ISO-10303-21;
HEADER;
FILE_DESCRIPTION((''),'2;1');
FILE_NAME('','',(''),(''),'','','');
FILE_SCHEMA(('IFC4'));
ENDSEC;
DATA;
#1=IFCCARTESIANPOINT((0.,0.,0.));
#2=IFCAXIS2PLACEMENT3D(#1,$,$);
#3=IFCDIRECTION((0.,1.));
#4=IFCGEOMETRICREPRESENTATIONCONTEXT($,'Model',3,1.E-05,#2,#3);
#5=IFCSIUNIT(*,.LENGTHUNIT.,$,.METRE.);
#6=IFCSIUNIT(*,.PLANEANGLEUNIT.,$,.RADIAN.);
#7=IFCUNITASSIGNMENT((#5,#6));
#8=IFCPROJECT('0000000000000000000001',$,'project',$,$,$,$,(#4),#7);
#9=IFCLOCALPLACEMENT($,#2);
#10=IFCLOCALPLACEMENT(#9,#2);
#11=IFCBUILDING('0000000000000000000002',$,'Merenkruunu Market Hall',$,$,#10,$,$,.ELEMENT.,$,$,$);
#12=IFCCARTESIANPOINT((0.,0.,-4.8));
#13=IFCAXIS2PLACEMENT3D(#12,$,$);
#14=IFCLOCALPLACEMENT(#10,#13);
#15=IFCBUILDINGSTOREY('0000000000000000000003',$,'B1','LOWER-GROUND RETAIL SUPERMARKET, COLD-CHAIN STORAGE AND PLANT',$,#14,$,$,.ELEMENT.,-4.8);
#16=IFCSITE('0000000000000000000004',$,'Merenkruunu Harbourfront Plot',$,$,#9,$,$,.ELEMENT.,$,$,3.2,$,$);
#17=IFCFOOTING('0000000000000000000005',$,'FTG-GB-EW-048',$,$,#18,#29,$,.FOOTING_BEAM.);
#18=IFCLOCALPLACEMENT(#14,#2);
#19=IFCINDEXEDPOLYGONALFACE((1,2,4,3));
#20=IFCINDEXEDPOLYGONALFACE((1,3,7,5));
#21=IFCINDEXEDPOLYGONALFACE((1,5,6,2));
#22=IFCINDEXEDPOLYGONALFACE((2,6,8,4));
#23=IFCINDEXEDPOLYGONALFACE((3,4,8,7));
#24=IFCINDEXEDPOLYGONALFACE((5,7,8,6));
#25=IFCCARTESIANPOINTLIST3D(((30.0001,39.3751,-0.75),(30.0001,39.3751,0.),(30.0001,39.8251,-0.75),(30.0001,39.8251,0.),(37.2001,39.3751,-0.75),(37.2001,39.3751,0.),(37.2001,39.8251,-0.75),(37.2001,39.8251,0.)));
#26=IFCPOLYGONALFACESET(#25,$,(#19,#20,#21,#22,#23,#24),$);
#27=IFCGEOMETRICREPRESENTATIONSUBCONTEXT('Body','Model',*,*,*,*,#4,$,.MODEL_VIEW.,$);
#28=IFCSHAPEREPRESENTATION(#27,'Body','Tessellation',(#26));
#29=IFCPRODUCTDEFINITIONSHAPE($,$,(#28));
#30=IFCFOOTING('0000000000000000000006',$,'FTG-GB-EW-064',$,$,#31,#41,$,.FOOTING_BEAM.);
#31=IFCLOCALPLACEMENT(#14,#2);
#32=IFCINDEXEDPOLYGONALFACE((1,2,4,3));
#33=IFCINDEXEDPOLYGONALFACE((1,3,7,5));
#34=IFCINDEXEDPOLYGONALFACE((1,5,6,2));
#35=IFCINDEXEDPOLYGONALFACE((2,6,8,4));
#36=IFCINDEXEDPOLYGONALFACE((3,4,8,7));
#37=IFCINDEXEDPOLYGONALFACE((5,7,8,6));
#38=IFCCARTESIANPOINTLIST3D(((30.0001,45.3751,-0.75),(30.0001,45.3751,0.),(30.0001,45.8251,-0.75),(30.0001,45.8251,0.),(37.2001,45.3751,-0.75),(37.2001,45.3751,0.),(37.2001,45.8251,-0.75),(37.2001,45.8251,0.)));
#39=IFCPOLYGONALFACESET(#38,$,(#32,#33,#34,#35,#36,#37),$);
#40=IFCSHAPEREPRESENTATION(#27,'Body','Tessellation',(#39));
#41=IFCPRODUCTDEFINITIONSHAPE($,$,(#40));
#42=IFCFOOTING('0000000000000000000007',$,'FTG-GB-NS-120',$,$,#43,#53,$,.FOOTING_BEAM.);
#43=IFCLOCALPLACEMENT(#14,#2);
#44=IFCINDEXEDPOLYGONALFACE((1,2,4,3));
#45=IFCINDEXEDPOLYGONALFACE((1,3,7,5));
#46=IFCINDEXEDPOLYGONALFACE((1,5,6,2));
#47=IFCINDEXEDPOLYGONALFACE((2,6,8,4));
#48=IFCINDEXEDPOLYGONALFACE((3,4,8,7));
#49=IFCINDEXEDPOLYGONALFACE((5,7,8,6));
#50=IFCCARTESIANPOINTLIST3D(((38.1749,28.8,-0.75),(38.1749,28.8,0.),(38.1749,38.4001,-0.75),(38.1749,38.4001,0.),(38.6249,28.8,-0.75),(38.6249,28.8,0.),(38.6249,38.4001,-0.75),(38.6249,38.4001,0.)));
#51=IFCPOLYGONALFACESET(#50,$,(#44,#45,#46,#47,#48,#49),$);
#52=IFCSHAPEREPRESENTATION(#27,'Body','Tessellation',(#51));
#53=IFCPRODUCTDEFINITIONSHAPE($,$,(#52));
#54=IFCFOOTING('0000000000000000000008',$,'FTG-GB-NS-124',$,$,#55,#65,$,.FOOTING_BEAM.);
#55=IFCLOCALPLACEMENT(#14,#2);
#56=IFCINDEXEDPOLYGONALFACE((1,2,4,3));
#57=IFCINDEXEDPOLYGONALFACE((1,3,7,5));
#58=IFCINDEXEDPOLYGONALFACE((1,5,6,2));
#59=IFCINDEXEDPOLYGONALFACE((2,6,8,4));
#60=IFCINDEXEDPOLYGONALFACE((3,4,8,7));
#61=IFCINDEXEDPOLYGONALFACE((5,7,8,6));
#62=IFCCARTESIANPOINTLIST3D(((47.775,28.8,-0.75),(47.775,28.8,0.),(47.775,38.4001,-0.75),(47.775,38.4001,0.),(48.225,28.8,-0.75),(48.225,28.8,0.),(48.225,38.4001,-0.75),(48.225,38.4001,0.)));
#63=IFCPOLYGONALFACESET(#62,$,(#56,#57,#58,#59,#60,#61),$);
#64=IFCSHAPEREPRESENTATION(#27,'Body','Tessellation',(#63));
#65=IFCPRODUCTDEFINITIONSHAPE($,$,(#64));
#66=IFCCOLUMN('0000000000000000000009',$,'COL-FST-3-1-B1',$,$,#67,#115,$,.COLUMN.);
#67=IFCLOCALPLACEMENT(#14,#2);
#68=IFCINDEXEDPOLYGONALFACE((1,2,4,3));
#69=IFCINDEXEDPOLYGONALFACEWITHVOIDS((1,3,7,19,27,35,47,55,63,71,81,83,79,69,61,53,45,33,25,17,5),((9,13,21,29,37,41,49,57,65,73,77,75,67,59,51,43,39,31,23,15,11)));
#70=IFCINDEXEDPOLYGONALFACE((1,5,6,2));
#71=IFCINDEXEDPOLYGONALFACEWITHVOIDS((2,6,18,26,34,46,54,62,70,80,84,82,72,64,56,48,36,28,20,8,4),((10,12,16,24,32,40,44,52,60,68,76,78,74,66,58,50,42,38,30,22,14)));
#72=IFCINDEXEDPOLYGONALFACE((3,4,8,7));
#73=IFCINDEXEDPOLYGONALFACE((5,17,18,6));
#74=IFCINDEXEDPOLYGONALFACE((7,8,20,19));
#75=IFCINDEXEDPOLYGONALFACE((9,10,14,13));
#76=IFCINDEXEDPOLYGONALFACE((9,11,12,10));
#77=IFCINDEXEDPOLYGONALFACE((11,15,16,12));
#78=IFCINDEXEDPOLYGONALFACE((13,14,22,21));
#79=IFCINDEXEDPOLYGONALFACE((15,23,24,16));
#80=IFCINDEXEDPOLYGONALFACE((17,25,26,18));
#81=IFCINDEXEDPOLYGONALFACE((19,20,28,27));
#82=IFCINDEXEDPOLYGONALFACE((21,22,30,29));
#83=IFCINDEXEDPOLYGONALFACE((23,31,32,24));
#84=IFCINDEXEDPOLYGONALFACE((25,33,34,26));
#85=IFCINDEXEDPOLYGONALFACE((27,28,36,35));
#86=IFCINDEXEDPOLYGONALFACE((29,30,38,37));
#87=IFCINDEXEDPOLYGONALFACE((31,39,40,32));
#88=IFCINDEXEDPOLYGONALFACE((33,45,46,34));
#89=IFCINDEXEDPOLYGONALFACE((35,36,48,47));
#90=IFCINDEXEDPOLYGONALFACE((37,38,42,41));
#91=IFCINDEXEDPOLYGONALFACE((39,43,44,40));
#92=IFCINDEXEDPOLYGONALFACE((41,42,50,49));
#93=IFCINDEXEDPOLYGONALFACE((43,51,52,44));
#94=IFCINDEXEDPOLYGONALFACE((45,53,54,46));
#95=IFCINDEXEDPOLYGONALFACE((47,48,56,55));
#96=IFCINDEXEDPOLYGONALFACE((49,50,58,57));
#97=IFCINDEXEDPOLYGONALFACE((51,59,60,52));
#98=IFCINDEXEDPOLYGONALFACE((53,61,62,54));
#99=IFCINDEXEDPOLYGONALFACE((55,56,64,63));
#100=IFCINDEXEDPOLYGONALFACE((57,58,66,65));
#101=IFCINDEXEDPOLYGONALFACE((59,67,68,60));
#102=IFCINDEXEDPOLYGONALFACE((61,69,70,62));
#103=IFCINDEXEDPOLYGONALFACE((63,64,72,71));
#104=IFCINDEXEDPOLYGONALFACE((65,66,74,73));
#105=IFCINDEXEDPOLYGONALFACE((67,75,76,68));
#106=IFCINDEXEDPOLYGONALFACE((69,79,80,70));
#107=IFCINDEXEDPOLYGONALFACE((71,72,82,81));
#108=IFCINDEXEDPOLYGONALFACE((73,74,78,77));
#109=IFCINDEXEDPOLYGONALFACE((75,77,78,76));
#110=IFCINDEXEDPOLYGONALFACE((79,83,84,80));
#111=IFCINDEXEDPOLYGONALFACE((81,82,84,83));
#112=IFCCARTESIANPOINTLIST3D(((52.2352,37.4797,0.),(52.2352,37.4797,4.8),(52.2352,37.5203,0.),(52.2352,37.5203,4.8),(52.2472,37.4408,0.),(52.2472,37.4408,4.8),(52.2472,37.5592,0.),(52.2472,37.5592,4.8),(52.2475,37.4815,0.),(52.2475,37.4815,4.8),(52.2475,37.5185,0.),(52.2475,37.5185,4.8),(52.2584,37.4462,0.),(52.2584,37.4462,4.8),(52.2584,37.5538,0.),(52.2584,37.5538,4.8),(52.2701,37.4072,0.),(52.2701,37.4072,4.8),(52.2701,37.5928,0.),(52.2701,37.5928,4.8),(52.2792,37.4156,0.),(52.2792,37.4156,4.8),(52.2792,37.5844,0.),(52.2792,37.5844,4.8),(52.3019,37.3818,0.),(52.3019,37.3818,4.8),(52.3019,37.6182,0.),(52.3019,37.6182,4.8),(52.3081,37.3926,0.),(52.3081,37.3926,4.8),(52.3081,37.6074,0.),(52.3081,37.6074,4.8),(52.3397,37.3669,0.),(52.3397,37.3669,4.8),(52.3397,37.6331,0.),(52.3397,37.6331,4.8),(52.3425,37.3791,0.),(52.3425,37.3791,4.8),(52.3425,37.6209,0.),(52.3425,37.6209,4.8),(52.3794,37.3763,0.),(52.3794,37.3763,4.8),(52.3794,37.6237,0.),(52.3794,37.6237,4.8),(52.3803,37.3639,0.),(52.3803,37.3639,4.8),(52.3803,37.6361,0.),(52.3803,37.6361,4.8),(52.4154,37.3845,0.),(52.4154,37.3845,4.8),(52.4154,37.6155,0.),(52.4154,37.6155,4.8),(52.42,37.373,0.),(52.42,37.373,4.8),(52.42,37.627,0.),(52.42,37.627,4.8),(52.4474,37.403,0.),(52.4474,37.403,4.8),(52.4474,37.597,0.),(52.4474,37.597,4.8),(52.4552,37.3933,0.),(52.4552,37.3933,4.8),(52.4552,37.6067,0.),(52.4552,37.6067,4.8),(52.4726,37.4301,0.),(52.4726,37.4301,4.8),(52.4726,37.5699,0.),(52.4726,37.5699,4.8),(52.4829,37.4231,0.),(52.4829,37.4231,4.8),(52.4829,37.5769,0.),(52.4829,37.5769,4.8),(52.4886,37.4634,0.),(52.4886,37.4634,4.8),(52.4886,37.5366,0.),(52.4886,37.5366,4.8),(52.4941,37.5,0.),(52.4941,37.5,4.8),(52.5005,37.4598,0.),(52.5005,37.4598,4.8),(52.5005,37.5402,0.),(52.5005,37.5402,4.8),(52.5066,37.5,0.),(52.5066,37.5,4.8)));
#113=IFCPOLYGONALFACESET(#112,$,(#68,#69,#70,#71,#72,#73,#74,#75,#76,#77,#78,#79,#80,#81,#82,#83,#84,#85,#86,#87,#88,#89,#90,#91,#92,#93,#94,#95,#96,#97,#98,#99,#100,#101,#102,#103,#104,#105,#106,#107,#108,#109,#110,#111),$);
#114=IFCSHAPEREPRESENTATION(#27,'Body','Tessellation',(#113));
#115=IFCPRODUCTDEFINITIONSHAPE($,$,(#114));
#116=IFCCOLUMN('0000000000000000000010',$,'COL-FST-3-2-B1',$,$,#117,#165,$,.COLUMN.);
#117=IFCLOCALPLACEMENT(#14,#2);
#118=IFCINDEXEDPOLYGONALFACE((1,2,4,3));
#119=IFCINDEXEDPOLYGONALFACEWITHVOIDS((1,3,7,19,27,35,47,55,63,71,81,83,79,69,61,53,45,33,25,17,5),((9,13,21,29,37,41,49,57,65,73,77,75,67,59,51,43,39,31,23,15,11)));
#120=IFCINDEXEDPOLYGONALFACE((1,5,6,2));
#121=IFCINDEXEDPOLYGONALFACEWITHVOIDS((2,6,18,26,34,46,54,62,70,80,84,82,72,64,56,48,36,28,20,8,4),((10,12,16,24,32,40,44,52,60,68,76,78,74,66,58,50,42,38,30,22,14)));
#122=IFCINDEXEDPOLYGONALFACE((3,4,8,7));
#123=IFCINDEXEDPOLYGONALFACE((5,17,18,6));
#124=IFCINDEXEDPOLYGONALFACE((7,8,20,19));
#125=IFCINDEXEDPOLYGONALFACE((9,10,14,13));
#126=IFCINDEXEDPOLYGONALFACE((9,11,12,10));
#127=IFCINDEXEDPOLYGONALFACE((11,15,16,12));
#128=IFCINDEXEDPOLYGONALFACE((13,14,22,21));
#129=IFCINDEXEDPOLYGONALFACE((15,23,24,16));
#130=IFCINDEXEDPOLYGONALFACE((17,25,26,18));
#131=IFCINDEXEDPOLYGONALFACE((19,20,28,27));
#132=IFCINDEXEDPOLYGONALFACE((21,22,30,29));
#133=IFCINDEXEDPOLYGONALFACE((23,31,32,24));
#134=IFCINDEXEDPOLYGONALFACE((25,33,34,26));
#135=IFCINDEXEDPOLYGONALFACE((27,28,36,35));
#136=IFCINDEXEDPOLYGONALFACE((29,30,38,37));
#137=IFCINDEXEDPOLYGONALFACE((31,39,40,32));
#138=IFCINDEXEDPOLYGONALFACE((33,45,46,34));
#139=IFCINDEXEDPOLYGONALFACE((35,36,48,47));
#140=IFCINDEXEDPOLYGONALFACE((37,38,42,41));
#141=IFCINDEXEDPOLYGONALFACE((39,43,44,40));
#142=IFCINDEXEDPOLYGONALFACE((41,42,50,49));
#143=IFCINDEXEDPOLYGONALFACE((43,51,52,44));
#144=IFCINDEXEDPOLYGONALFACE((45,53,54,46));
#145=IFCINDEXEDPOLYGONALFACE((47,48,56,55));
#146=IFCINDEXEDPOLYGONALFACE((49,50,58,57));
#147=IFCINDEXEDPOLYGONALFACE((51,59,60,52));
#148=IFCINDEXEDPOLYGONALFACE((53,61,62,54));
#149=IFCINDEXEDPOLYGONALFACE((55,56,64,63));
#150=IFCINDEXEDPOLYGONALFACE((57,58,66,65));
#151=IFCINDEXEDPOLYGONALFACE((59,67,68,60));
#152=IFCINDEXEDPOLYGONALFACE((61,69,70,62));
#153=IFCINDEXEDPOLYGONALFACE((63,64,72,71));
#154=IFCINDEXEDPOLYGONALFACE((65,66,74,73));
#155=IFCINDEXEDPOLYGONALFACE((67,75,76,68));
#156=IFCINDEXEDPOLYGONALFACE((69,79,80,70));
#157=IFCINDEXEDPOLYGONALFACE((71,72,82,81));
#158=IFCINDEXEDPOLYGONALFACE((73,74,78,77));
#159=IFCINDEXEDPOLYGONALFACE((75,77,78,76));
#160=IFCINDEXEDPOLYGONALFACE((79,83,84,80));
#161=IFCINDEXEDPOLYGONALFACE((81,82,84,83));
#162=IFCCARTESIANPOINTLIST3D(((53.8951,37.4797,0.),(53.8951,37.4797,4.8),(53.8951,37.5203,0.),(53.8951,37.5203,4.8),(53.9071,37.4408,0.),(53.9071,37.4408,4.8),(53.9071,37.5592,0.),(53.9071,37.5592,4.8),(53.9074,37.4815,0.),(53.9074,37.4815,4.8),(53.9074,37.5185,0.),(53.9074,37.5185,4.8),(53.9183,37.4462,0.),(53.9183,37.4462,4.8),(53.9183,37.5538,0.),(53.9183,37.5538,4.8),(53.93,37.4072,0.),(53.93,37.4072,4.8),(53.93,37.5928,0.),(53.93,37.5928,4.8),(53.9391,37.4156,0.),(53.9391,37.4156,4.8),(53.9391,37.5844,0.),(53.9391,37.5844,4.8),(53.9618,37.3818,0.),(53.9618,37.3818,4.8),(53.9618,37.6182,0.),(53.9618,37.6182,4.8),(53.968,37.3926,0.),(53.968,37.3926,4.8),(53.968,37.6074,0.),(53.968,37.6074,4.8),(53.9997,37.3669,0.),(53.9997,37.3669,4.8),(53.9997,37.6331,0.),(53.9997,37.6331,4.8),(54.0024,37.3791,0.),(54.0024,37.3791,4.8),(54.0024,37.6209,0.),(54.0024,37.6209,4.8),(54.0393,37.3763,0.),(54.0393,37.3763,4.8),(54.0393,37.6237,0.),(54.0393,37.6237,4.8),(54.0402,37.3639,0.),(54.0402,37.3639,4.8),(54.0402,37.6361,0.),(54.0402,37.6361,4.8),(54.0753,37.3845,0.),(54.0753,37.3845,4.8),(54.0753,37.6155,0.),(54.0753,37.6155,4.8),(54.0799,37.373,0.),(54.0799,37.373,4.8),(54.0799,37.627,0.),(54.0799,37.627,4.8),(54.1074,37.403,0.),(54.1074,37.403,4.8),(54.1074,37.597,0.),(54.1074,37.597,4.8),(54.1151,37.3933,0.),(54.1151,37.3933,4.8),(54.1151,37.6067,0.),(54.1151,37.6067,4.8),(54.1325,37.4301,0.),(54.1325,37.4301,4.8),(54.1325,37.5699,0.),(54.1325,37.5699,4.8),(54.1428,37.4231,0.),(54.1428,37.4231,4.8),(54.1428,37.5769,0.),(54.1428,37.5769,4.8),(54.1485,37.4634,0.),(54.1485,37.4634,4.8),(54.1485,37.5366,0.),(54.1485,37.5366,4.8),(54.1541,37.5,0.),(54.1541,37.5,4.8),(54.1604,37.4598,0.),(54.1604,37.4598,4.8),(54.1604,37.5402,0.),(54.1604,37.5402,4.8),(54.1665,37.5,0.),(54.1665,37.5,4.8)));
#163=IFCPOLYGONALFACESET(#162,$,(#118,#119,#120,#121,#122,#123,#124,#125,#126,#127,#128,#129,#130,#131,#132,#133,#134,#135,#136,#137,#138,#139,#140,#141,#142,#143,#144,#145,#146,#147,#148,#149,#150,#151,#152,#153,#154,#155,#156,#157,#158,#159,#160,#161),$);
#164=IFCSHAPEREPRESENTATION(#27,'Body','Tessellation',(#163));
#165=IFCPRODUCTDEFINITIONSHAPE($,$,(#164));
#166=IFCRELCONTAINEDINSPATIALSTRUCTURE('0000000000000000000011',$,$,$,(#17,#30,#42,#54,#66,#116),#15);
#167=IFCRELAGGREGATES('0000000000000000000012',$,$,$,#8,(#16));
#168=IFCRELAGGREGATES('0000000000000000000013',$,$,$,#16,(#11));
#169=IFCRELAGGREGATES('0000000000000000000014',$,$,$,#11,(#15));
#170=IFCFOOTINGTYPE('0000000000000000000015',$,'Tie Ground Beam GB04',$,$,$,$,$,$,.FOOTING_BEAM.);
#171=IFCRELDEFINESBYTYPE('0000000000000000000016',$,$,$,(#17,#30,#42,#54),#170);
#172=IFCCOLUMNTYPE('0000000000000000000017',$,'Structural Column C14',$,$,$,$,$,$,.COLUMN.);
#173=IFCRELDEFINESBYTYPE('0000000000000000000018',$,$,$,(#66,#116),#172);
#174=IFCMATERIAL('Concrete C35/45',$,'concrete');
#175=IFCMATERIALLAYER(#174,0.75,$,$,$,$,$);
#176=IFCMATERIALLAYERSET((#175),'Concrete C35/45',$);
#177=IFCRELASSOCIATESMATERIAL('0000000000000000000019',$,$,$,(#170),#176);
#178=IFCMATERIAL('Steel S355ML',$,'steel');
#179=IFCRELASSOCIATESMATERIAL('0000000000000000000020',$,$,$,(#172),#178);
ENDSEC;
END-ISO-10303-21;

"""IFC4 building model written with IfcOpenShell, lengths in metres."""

from ifc_helpers import new_model, si_unit, direction, frame, origin, origin_2d, place, context, subcontext, project, spatial, rectangle, hollow_circle, extrude, material, layer, layer_set, material_profile, profile_set, type_object, element, save


model = new_model("IFC4")

# Units and contexts
model_context = context("Model", 3, precision=1e-05, world=origin(), true_north=direction((0.0, 1.0)))
body_context = subcontext(model_context, "Body", "Model", "MODEL_VIEW")
ifc_project = project(units=[si_unit("LENGTHUNIT", "METRE"), si_unit("PLANEANGLEUNIT", "RADIAN")], contexts=[model_context])

# Site, building, storey
site_placement = place(None, origin())
site = spatial("IfcSite", under=ifc_project, at=site_placement, Name="Merenkruunu Harbourfront Plot", CompositionType="ELEMENT", RefElevation=3.2)
building_placement = place(site_placement, origin())
building = spatial("IfcBuilding", under=site, at=building_placement, Name="Merenkruunu Market Hall", CompositionType="ELEMENT")
storey_placement = place(building_placement, frame((0.0, 0.0, -4.8)))
storey = spatial("IfcBuildingStorey", under=building, at=storey_placement, Name="B1", Description="LOWER-GROUND RETAIL SUPERMARKET, COLD-CHAIN STORAGE AND PLANT", CompositionType="ELEMENT", Elevation=-4.8)

# Shared definitions
ifc_material_1 = material(Name="Concrete C35/45", Category="concrete")

# Footings
ifc_layer_1 = layer(ifc_material_1, 0.75)
ifc_layer_set_1 = layer_set([ifc_layer_1], Name="Concrete C35/45")
footing_type_1 = type_object("IfcFootingType", Name="Tie Ground Beam GB04", PredefinedType="FOOTING_BEAM", material=ifc_layer_set_1)
for number, where, z_axis, x_axis, name in (
    (1, (33.6001, 39.6001, -0.75), (0.0, 0.0, 1.0), (1.0, 0.0, 0.0), "FTG-GB-EW-048"),
    (2, (33.6001, 45.6001, -0.75), (0.0, 0.0, 1.0), (1.0, 0.0, 0.0), "FTG-GB-EW-064"),
):
    element("IfcFooting", number, at=place(storey_placement, frame(where, z_axis=z_axis, x_axis=x_axis)), inside=storey, type_object=footing_type_1, Name=name, PredefinedType="FOOTING_BEAM", context=body_context, shape_type="SweptSolid", body=[
        extrude(rectangle(XDim=7.2, YDim=0.45, at=origin_2d()), origin(), (0.0, 0.0, 1.0), 0.75),
    ])
for number, where, z_axis, x_axis, name in (
    (3, (38.3999, 33.6001, -0.75), (0.0, 0.0, 1.0), (0.0, 1.0, 0.0), "FTG-GB-NS-120"),
    (4, (48.0, 33.6001, -0.75), (0.0, 0.0, 1.0), (0.0, 1.0, 0.0), "FTG-GB-NS-124"),
):
    element("IfcFooting", number, at=place(storey_placement, frame(where, z_axis=z_axis, x_axis=x_axis)), inside=storey, type_object=footing_type_1, Name=name, PredefinedType="FOOTING_BEAM", context=body_context, shape_type="SweptSolid", body=[
        extrude(rectangle(XDim=9.6001, YDim=0.45, at=origin_2d()), origin(), (0.0, 0.0, 1.0), 0.75),
    ])

# Columns
ifc_material_2 = material(Name="Steel S355ML", Category="steel")
ifc_material_profile_1 = material_profile(ifc_material_2, hollow_circle(Radius=0.1365, WallThickness=0.0125, at=origin_2d()), Name="CHS 273x12.5")
ifc_profile_set_1 = profile_set([ifc_material_profile_1], Name="Steel S355ML")
column_type_1 = type_object("IfcColumnType", Name="Structural Column C14", PredefinedType="COLUMN", material=ifc_profile_set_1)
for number, where, z_axis, x_axis, name in (
    (5, (52.3701, 37.5, 0.0), (0.0, 0.0, 1.0), (1.0, 0.0, 0.0), "COL-FST-3-1-B1"),
    (6, (54.03, 37.5, 0.0), (0.0, 0.0, 1.0), (1.0, 0.0, 0.0), "COL-FST-3-2-B1"),
):
    element("IfcColumn", number, at=place(storey_placement, frame(where, z_axis=z_axis, x_axis=x_axis)), inside=storey, type_object=column_type_1, Name=name, PredefinedType="COLUMN", context=body_context, shape_type="SweptSolid", body=[
        extrude(hollow_circle(Radius=0.1365, WallThickness=0.0125, at=origin_2d()), origin(), (0.0, 0.0, 1.0), 4.8),
    ])

save(model, "model.ifc")
